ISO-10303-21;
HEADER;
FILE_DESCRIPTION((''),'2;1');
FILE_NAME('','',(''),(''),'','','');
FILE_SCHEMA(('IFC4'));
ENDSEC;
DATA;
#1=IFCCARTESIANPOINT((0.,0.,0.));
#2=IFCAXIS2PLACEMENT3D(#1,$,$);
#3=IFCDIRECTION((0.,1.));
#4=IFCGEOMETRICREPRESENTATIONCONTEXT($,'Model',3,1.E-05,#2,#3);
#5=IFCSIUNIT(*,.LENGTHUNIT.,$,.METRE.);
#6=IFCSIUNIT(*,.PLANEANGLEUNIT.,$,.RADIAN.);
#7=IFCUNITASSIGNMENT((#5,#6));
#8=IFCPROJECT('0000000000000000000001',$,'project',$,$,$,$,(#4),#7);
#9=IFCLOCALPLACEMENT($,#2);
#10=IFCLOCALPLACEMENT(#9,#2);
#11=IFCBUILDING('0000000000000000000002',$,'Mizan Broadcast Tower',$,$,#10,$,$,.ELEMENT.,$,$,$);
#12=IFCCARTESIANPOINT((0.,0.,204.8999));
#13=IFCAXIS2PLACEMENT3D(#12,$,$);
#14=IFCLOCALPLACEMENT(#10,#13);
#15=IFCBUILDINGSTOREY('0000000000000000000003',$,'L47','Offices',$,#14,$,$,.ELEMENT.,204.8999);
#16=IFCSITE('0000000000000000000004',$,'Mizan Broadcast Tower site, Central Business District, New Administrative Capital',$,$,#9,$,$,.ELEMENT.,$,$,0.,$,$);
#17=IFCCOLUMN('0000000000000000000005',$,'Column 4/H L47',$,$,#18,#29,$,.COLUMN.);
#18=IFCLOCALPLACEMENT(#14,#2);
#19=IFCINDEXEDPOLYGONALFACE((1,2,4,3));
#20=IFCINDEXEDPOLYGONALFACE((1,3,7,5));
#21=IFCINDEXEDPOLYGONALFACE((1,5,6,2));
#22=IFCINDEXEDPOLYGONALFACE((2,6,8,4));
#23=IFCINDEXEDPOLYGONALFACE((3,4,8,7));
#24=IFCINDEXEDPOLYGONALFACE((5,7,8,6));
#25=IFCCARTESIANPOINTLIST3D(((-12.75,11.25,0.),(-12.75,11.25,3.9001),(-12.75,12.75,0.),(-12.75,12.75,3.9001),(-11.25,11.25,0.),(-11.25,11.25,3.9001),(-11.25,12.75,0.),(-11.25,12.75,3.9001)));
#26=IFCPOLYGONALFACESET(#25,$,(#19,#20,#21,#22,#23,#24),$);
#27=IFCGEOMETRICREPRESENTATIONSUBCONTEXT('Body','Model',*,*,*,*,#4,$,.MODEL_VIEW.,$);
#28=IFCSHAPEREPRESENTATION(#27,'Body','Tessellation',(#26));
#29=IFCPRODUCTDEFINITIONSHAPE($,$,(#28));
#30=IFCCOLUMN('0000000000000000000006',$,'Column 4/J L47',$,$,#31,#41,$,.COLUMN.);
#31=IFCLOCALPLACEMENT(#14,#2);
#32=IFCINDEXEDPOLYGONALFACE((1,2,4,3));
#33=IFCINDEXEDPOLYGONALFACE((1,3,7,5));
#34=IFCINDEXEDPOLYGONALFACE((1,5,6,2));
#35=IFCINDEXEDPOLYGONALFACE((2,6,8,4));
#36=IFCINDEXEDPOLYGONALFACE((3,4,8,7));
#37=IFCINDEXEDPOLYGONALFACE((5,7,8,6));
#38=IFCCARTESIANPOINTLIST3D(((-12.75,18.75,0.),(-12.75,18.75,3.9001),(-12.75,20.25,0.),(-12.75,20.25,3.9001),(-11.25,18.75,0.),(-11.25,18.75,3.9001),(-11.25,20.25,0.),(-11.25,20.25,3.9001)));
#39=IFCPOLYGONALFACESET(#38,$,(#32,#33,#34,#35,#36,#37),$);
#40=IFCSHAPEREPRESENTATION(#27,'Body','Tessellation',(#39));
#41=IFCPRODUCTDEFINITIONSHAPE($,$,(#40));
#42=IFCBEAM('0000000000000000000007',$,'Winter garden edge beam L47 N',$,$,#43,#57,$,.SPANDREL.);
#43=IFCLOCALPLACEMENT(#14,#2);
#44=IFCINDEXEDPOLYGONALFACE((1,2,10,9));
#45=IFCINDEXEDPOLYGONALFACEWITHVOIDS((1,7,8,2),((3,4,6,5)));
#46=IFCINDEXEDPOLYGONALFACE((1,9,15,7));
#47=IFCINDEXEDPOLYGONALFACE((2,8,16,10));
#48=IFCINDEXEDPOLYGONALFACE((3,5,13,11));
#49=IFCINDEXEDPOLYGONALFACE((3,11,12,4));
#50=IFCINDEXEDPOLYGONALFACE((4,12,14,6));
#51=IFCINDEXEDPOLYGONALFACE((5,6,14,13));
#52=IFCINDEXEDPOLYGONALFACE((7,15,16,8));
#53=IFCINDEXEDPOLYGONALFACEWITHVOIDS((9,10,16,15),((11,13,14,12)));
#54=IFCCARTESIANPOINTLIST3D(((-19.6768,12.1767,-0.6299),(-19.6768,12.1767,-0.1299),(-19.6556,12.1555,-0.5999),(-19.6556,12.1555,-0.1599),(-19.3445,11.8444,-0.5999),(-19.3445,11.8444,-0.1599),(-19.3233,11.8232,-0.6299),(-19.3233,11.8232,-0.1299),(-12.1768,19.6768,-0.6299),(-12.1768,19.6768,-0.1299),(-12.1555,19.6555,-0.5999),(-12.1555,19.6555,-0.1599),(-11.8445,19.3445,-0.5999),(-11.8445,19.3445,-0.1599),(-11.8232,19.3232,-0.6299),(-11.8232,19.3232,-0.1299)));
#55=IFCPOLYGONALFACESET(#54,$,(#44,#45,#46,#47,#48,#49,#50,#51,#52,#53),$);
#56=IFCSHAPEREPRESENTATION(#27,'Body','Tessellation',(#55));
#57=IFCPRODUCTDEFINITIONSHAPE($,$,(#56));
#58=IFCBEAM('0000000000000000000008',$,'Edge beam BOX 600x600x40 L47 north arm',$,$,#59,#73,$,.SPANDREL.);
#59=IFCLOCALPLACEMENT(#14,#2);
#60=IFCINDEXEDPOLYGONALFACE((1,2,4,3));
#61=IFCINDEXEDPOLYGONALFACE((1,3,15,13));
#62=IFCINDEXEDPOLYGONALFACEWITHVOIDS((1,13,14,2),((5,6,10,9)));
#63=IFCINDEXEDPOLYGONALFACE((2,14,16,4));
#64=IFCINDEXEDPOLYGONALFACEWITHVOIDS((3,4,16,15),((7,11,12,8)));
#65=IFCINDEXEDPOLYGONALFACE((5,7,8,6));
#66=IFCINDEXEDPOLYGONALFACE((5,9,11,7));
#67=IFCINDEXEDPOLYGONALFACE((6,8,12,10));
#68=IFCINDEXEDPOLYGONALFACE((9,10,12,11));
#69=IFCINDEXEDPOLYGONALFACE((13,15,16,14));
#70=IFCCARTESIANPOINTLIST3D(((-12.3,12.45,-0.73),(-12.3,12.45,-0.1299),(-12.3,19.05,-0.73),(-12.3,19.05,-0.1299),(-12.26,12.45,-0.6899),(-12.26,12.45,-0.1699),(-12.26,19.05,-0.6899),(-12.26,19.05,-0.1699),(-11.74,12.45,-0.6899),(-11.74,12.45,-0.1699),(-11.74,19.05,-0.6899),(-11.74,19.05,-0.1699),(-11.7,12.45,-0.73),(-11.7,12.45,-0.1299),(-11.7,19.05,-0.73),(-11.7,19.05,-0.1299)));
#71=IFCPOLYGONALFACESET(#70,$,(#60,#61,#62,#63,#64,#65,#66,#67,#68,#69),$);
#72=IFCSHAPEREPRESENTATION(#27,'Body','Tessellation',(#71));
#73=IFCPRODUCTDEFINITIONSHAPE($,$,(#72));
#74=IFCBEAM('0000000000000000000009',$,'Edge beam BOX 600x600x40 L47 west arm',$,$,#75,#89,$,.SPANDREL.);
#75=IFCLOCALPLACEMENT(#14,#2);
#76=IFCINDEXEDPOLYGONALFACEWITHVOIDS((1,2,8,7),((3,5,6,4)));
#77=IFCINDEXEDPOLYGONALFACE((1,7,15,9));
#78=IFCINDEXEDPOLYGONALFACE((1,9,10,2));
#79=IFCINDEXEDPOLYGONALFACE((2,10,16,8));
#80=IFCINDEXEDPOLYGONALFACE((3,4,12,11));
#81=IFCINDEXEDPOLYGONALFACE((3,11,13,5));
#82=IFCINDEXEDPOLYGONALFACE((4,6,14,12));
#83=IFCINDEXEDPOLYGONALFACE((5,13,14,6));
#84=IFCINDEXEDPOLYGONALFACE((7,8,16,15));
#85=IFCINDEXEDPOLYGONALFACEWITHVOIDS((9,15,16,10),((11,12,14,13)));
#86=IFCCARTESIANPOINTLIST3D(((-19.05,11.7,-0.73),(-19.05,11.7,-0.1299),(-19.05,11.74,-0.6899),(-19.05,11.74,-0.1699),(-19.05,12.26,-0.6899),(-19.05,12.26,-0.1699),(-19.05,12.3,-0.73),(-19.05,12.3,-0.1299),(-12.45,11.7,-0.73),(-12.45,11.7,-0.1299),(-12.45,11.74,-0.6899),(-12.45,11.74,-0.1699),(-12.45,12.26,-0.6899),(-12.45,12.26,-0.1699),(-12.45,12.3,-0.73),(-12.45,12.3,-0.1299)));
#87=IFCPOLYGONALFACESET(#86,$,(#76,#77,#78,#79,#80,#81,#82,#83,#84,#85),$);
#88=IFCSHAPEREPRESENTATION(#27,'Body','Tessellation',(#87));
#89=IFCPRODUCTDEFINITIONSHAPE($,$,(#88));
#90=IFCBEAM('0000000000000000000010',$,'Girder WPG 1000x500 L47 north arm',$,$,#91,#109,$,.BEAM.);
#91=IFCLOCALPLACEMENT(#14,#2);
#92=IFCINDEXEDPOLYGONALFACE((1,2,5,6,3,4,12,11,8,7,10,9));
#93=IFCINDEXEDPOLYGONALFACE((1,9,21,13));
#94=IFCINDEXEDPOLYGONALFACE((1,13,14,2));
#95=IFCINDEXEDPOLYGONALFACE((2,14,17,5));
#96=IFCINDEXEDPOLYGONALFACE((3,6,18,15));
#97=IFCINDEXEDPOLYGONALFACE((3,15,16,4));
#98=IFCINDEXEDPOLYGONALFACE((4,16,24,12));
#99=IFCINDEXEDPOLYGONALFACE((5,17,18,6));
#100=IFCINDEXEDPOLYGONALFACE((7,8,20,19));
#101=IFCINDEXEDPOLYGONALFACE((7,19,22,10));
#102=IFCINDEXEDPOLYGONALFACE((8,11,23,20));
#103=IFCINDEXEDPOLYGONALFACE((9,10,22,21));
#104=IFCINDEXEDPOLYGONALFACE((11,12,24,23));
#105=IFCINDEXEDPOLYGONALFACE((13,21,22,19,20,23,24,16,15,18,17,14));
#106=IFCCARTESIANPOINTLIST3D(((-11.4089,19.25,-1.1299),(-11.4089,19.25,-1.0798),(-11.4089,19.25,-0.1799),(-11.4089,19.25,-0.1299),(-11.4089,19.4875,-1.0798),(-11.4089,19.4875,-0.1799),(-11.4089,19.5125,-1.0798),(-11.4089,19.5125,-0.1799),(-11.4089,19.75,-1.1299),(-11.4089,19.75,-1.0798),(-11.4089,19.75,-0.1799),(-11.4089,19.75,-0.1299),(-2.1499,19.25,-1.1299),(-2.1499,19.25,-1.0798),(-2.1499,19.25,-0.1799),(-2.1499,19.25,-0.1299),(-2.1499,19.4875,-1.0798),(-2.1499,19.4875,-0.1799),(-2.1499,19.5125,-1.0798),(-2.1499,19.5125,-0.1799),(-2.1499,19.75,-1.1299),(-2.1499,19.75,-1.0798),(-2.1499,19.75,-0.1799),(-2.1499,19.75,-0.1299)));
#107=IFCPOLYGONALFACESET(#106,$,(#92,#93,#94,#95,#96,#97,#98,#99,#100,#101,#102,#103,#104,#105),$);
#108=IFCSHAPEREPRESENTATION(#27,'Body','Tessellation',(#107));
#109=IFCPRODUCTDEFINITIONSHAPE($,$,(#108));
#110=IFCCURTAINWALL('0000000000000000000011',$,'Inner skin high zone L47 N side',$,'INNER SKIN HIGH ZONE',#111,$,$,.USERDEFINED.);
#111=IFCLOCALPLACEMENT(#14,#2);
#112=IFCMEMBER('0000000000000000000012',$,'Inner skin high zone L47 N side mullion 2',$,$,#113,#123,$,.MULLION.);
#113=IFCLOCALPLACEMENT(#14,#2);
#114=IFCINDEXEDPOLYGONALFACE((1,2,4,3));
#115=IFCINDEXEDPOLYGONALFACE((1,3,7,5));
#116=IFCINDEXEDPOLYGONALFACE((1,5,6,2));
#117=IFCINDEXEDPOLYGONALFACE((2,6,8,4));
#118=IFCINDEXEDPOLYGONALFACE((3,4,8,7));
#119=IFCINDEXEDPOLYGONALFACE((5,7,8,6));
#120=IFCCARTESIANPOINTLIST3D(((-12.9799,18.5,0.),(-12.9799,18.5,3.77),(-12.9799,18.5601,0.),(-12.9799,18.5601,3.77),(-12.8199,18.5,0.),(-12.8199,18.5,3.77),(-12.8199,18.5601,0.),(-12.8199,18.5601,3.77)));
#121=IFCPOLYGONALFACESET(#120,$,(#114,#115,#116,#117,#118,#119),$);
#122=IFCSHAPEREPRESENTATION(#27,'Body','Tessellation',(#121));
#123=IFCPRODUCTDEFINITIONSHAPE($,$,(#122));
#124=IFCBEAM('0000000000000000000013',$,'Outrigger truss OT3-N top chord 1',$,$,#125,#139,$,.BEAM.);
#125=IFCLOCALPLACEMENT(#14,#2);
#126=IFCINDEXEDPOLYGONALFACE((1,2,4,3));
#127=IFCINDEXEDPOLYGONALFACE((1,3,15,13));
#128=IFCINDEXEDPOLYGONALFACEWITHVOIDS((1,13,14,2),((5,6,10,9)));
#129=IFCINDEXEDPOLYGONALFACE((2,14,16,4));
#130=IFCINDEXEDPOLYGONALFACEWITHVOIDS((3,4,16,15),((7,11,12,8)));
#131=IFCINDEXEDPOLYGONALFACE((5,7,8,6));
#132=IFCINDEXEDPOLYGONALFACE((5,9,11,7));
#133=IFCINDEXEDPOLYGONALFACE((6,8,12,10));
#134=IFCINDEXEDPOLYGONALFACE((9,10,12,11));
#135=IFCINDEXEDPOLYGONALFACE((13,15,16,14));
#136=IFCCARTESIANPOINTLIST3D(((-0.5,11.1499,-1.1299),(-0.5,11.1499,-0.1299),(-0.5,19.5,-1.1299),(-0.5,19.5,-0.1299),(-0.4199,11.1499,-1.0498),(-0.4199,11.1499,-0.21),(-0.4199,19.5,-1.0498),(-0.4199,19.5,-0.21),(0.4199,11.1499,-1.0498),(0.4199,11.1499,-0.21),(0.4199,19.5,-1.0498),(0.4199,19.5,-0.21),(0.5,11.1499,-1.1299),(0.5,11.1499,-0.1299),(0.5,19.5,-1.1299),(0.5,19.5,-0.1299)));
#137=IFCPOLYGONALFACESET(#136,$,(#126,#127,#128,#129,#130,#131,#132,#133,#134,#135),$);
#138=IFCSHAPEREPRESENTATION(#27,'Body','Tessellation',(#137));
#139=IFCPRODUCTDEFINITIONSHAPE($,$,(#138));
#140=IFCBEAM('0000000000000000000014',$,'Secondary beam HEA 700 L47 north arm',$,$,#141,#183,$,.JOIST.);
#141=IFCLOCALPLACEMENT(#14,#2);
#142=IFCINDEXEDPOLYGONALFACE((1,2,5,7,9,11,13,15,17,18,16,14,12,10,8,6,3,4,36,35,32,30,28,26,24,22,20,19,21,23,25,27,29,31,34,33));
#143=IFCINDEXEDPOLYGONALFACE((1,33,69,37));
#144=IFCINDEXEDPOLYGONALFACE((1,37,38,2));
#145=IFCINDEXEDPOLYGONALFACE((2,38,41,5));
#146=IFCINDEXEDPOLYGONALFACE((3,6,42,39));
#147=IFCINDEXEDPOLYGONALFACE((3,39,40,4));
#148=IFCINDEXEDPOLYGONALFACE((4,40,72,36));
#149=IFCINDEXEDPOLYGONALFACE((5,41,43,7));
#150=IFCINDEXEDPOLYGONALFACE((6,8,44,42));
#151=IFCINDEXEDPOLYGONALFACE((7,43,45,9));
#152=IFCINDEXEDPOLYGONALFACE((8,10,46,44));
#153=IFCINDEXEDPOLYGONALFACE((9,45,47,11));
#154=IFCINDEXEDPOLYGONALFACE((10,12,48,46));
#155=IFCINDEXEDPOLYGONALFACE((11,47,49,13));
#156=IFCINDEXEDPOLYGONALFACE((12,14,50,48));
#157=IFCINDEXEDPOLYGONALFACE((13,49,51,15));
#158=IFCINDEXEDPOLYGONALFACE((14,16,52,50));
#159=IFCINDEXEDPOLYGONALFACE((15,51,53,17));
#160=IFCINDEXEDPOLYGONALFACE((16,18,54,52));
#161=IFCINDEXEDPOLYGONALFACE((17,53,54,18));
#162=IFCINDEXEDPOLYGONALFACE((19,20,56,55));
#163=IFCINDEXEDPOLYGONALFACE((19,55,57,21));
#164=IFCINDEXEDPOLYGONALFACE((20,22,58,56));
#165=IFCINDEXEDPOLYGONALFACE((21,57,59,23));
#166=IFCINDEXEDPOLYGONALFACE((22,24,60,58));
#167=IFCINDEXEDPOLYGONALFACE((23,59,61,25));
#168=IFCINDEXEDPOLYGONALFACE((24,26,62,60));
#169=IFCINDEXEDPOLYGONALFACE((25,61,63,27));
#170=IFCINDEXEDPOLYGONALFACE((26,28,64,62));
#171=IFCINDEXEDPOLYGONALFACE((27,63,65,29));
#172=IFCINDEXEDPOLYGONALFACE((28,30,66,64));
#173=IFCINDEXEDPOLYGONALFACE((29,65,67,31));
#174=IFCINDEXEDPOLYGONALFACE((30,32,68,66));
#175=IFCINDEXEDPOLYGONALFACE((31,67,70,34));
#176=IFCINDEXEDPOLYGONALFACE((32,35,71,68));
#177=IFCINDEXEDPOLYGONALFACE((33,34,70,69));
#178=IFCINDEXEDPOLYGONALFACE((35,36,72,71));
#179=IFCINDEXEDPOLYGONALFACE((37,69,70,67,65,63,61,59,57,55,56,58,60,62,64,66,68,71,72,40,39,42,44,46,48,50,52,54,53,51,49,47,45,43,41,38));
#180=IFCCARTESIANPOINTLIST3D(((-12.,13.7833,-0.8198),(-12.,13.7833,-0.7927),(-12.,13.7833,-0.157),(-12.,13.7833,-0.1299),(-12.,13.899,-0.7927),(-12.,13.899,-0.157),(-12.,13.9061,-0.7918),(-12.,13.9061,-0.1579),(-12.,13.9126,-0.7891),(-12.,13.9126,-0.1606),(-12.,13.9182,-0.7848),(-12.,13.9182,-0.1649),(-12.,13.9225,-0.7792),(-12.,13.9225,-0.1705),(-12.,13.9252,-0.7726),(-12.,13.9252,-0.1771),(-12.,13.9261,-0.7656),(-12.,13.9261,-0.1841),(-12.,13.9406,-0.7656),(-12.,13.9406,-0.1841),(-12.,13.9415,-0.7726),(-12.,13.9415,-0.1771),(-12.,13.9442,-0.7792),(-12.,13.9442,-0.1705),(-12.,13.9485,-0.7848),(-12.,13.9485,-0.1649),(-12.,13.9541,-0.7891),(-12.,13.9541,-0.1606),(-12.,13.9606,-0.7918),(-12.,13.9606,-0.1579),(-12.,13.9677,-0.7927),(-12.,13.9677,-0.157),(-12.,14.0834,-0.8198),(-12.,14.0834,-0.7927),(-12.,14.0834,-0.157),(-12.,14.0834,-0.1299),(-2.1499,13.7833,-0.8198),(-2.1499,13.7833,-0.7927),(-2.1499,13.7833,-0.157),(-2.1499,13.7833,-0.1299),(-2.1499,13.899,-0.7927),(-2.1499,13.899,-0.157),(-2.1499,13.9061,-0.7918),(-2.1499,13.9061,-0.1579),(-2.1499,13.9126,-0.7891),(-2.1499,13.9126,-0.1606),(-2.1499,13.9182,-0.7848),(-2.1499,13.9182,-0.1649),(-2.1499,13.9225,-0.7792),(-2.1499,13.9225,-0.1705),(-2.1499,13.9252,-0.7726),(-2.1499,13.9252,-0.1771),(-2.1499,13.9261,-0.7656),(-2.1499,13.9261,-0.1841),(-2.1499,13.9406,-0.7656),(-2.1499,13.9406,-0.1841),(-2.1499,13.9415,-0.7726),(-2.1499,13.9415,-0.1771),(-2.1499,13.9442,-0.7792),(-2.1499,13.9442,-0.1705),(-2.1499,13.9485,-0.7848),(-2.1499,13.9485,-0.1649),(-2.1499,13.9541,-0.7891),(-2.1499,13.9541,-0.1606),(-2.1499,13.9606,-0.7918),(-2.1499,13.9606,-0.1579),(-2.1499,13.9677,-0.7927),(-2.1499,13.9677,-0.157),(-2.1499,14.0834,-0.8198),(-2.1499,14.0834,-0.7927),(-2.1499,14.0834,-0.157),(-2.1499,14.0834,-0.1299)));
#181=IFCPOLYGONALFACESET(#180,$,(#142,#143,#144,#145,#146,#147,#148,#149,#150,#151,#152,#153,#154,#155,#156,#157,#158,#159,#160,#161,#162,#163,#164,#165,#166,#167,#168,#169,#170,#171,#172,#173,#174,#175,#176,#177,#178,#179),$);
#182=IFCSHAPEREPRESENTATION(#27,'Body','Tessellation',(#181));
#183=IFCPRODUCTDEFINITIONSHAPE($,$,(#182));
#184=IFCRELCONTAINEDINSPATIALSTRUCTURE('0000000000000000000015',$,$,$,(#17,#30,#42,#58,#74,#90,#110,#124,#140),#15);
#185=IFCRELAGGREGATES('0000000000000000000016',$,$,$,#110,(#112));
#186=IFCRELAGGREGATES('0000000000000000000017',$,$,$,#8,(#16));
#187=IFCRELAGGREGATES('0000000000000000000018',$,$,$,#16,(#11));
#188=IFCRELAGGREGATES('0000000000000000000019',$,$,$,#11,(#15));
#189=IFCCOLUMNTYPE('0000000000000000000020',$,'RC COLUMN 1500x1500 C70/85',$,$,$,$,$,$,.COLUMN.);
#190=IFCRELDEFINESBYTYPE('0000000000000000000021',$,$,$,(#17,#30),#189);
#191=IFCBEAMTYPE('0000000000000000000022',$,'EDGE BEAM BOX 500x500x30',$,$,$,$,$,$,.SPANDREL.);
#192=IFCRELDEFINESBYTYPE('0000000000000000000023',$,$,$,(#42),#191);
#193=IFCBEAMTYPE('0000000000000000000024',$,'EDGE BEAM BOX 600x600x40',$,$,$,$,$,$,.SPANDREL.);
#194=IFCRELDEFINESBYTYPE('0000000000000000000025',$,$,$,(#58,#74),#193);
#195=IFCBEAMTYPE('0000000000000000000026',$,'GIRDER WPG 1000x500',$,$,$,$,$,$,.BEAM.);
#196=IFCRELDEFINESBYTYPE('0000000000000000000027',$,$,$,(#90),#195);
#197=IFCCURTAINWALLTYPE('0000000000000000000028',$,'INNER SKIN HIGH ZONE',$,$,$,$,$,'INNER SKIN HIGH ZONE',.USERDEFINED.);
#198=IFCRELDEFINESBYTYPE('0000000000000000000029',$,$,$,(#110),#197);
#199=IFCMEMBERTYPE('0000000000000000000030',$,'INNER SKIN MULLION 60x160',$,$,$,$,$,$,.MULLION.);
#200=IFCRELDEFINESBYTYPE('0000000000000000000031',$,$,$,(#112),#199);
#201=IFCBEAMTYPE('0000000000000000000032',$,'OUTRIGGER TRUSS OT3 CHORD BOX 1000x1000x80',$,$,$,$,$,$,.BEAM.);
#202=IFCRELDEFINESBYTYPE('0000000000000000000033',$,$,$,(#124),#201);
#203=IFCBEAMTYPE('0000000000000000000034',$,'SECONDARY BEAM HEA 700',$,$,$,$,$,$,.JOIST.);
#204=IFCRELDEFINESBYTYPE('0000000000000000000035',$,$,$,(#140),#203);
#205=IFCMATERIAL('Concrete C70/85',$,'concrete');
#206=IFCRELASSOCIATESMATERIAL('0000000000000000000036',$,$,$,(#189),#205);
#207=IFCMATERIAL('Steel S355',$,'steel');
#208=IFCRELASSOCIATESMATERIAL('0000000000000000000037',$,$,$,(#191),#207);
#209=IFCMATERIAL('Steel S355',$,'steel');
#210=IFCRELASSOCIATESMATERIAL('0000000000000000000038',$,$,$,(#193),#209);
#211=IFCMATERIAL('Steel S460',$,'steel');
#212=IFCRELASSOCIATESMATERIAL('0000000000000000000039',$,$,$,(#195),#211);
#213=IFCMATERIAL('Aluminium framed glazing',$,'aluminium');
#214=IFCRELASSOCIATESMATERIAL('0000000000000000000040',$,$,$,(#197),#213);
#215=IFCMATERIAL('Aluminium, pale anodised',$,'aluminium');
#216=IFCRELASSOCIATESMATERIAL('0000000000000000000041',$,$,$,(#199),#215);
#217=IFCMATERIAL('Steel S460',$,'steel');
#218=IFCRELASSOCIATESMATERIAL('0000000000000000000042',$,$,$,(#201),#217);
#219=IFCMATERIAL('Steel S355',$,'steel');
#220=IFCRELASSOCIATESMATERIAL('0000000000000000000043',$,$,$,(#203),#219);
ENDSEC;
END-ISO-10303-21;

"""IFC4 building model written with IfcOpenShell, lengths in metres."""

from ifc_helpers import new_model, si_unit, direction, frame, origin, origin_2d, place, context, subcontext, project, spatial, rectangle, hollow_rectangle, i_section, extrude, material, material_profile, profile_set, type_object, element, aggregate, save


model = new_model("IFC4")

# Units and contexts
model_context = context("Model", 3, precision=1e-05, world=origin(), true_north=direction((0.0, 1.0)))
body_context = subcontext(model_context, "Body", "Model", "MODEL_VIEW")
ifc_project = project(units=[si_unit("LENGTHUNIT", "METRE"), si_unit("PLANEANGLEUNIT", "RADIAN")], contexts=[model_context])

# Site, building, storey
site_placement = place(None, origin())
site = spatial("IfcSite", under=ifc_project, at=site_placement, Name="Mizan Broadcast Tower site, Central Business District, New Administrative Capital", CompositionType="ELEMENT", RefElevation=0.0)
building_placement = place(site_placement, origin())
building = spatial("IfcBuilding", under=site, at=building_placement, Name="Mizan Broadcast Tower", CompositionType="ELEMENT")
storey_placement = place(building_placement, frame((0.0, 0.0, 204.8999)))
storey = spatial("IfcBuildingStorey", under=building, at=storey_placement, Name="L47", Description="Offices", CompositionType="ELEMENT", Elevation=204.8999)

# Columns
ifc_material_1 = material(Name="Concrete C70/85", Category="concrete")
ifc_material_profile_1 = material_profile(ifc_material_1, rectangle(XDim=1.5, YDim=1.5, at=origin_2d()), Name="RC 1500x1500")
ifc_profile_set_1 = profile_set([ifc_material_profile_1], Name="Concrete C70/85")
column_type = type_object("IfcColumnType", Name="RC COLUMN 1500x1500 C70/85", PredefinedType="COLUMN", material=ifc_profile_set_1)
for number, where, z_axis, x_axis, name in (
    (1, (-12.0, 12.0, 0.0), (0.0, 0.0, 1.0), (1.0, 0.0, 0.0), "Column 4/H L47"),
    (2, (-12.0, 19.5, 0.0), (0.0, 0.0, 1.0), (1.0, 0.0, 0.0), "Column 4/J L47"),
):
    element("IfcColumn", number, at=place(storey_placement, frame(where, z_axis=z_axis, x_axis=x_axis)), inside=storey, type_object=column_type, Name=name, PredefinedType="COLUMN", context=body_context, shape_type="SweptSolid", body=[
        extrude(rectangle(XDim=1.5, YDim=1.5, at=origin_2d()), origin(), (0.0, 0.0, 1.0), 3.9001),
    ])

# Beams
ifc_material_2 = material(Name="Steel S355", Category="steel")
ifc_material_profile_2 = material_profile(ifc_material_2, hollow_rectangle(XDim=0.5, YDim=0.5, WallThickness=0.03, at=origin_2d()), Name="BOX 500x500x30")
ifc_profile_set_2 = profile_set([ifc_material_profile_2], Name="Steel S355")
beam_type_1 = type_object("IfcBeamType", Name="EDGE BEAM BOX 500x500x30", PredefinedType="SPANDREL", material=ifc_profile_set_2)
beam_1_placement = place(storey_placement, frame((-12.0, 19.5, -0.3799), z_axis=(-0.707107, -0.707107, 0.0), x_axis=(0.707107, -0.707107, 0.0)))
element("IfcBeam", 3, at=beam_1_placement, inside=storey, type_object=beam_type_1, Name="Winter garden edge beam L47 N", PredefinedType="SPANDREL", context=body_context, shape_type="SweptSolid", body=[
    extrude(hollow_rectangle(XDim=0.5, YDim=0.5, WallThickness=0.03, at=origin_2d()), origin(), (0.0, 0.0, 1.0), 10.6067),
])
ifc_material_3 = material(Name="Steel S355", Category="steel")
ifc_material_profile_3 = material_profile(ifc_material_3, hollow_rectangle(XDim=0.6001, YDim=0.6001, WallThickness=0.04, at=origin_2d()), Name="BOX 600x600x40")
ifc_profile_set_3 = profile_set([ifc_material_profile_3], Name="Steel S355")
beam_type_2 = type_object("IfcBeamType", Name="EDGE BEAM BOX 600x600x40", PredefinedType="SPANDREL", material=ifc_profile_set_3)
for number, where, z_axis, x_axis, name in (
    (4, (-12.0, 12.45, -0.4299), (0.0, 1.0, 0.0), (-1.0, 0.0, 0.0), "Edge beam BOX 600x600x40 L47 north arm"),
    (5, (-12.45, 12.0, -0.4299), (-1.0, 0.0, 0.0), (0.0, -1.0, 0.0), "Edge beam BOX 600x600x40 L47 west arm"),
):
    element("IfcBeam", number, at=place(storey_placement, frame(where, z_axis=z_axis, x_axis=x_axis)), inside=storey, type_object=beam_type_2, Name=name, PredefinedType="SPANDREL", context=body_context, shape_type="SweptSolid", body=[
        extrude(hollow_rectangle(XDim=0.6001, YDim=0.6001, WallThickness=0.04, at=origin_2d()), origin(), (0.0, 0.0, 1.0), 6.6001),
    ])
ifc_material_4 = material(Name="Steel S460", Category="steel")
ifc_material_profile_4 = material_profile(ifc_material_4, i_section(OverallWidth=0.5, OverallDepth=1.0, WebThickness=0.0249, FlangeThickness=0.05, at=origin_2d()), Name="WPG 1000x500")
ifc_profile_set_4 = profile_set([ifc_material_profile_4], Name="Steel S460")
beam_type_3 = type_object("IfcBeamType", Name="GIRDER WPG 1000x500", PredefinedType="BEAM", material=ifc_profile_set_4)
beam_2_placement = place(storey_placement, frame((-11.4089, 19.5, -0.6299), z_axis=(1.0, 0.0, 0.0), x_axis=(0.0, 1.0, 0.0)))
element("IfcBeam", 6, at=beam_2_placement, inside=storey, type_object=beam_type_3, Name="Girder WPG 1000x500 L47 north arm", PredefinedType="BEAM", context=body_context, shape_type="SweptSolid", body=[
    extrude(i_section(OverallWidth=0.5, OverallDepth=1.0, WebThickness=0.0249, FlangeThickness=0.05, at=origin_2d()), origin(), (0.0, 0.0, 1.0), 9.259),
])

# Curtain wall, member
ifc_material_5 = material(Name="Aluminium framed glazing", Category="aluminium")
curtain_wall_type = type_object("IfcCurtainWallType", Name="INNER SKIN HIGH ZONE", ElementType="INNER SKIN HIGH ZONE", PredefinedType="USERDEFINED", material=ifc_material_5)
curtain_wall_placement = place(storey_placement, origin())
curtain_wall = element("IfcCurtainWall", 7, at=curtain_wall_placement, inside=storey, type_object=curtain_wall_type, Name="Inner skin high zone L47 N side", ObjectType="INNER SKIN HIGH ZONE", PredefinedType="USERDEFINED")
ifc_material_6 = material(Name="Aluminium, pale anodised", Category="aluminium")
ifc_material_profile_5 = material_profile(ifc_material_6, rectangle(XDim=0.1599, YDim=0.0601, at=origin_2d()), Name="MULLION 160x60")
ifc_profile_set_5 = profile_set([ifc_material_profile_5], Name="Aluminium, pale anodised")
member_type = type_object("IfcMemberType", Name="INNER SKIN MULLION 60x160", PredefinedType="MULLION", material=ifc_profile_set_5)
member_placement = place(storey_placement, frame((-12.8999, 18.53, 0.0), z_axis=(0.0, 0.0, 1.0), x_axis=(1.0, 0.0, 0.0)))
member = element("IfcMember", 8, at=member_placement, type_object=member_type, Name="Inner skin high zone L47 N side mullion 2", PredefinedType="MULLION", context=body_context, shape_type="SweptSolid", body=[
    extrude(rectangle(XDim=0.1599, YDim=0.0601, at=origin_2d()), origin(), (0.0, 0.0, 1.0), 3.77),
])
aggregate(curtain_wall, [member])

# Beams
ifc_material_7 = material(Name="Steel S460", Category="steel")
ifc_material_profile_6 = material_profile(ifc_material_7, hollow_rectangle(XDim=1.0, YDim=1.0, WallThickness=0.0801, at=origin_2d()), Name="BOX 1000x1000x80")
ifc_profile_set_6 = profile_set([ifc_material_profile_6], Name="Steel S460")
beam_type_4 = type_object("IfcBeamType", Name="OUTRIGGER TRUSS OT3 CHORD BOX 1000x1000x80", PredefinedType="BEAM", material=ifc_profile_set_6)
beam_3_placement = place(storey_placement, frame((0.0, 11.1499, -0.6299), z_axis=(0.0, 1.0, 0.0), x_axis=(-1.0, 0.0, 0.0)))
element("IfcBeam", 9, at=beam_3_placement, inside=storey, type_object=beam_type_4, Name="Outrigger truss OT3-N top chord 1", PredefinedType="BEAM", context=body_context, shape_type="SweptSolid", body=[
    extrude(hollow_rectangle(XDim=1.0, YDim=1.0, WallThickness=0.0801, at=origin_2d()), origin(), (0.0, 0.0, 1.0), 8.3501),
])
ifc_material_8 = material(Name="Steel S355", Category="steel")
ifc_material_profile_7 = material_profile(ifc_material_8, i_section(OverallWidth=0.3, OverallDepth=0.6899, WebThickness=0.0144, FlangeThickness=0.0271, FilletRadius=0.0271, at=origin_2d()), Name="HEA 700")
ifc_profile_set_7 = profile_set([ifc_material_profile_7], Name="Steel S355")
beam_type_5 = type_object("IfcBeamType", Name="SECONDARY BEAM HEA 700", PredefinedType="JOIST", material=ifc_profile_set_7)
for number, where, z_axis, x_axis, name in (
    (10, (-12.0, 13.9333, -0.4749), (1.0, 0.0, 0.0), (0.0, 1.0, 0.0), "Secondary beam HEA 700 L47 north arm"),
):
    element("IfcBeam", number, at=place(storey_placement, frame(where, z_axis=z_axis, x_axis=x_axis)), inside=storey, type_object=beam_type_5, Name=name, PredefinedType="JOIST", context=body_context, shape_type="SweptSolid", body=[
        extrude(i_section(OverallWidth=0.3, OverallDepth=0.6899, WebThickness=0.0144, FlangeThickness=0.0271, FilletRadius=0.0271, at=origin_2d()), origin(), (0.0, 0.0, 1.0), 9.8501),
    ])

save(model, "model.ifc")
